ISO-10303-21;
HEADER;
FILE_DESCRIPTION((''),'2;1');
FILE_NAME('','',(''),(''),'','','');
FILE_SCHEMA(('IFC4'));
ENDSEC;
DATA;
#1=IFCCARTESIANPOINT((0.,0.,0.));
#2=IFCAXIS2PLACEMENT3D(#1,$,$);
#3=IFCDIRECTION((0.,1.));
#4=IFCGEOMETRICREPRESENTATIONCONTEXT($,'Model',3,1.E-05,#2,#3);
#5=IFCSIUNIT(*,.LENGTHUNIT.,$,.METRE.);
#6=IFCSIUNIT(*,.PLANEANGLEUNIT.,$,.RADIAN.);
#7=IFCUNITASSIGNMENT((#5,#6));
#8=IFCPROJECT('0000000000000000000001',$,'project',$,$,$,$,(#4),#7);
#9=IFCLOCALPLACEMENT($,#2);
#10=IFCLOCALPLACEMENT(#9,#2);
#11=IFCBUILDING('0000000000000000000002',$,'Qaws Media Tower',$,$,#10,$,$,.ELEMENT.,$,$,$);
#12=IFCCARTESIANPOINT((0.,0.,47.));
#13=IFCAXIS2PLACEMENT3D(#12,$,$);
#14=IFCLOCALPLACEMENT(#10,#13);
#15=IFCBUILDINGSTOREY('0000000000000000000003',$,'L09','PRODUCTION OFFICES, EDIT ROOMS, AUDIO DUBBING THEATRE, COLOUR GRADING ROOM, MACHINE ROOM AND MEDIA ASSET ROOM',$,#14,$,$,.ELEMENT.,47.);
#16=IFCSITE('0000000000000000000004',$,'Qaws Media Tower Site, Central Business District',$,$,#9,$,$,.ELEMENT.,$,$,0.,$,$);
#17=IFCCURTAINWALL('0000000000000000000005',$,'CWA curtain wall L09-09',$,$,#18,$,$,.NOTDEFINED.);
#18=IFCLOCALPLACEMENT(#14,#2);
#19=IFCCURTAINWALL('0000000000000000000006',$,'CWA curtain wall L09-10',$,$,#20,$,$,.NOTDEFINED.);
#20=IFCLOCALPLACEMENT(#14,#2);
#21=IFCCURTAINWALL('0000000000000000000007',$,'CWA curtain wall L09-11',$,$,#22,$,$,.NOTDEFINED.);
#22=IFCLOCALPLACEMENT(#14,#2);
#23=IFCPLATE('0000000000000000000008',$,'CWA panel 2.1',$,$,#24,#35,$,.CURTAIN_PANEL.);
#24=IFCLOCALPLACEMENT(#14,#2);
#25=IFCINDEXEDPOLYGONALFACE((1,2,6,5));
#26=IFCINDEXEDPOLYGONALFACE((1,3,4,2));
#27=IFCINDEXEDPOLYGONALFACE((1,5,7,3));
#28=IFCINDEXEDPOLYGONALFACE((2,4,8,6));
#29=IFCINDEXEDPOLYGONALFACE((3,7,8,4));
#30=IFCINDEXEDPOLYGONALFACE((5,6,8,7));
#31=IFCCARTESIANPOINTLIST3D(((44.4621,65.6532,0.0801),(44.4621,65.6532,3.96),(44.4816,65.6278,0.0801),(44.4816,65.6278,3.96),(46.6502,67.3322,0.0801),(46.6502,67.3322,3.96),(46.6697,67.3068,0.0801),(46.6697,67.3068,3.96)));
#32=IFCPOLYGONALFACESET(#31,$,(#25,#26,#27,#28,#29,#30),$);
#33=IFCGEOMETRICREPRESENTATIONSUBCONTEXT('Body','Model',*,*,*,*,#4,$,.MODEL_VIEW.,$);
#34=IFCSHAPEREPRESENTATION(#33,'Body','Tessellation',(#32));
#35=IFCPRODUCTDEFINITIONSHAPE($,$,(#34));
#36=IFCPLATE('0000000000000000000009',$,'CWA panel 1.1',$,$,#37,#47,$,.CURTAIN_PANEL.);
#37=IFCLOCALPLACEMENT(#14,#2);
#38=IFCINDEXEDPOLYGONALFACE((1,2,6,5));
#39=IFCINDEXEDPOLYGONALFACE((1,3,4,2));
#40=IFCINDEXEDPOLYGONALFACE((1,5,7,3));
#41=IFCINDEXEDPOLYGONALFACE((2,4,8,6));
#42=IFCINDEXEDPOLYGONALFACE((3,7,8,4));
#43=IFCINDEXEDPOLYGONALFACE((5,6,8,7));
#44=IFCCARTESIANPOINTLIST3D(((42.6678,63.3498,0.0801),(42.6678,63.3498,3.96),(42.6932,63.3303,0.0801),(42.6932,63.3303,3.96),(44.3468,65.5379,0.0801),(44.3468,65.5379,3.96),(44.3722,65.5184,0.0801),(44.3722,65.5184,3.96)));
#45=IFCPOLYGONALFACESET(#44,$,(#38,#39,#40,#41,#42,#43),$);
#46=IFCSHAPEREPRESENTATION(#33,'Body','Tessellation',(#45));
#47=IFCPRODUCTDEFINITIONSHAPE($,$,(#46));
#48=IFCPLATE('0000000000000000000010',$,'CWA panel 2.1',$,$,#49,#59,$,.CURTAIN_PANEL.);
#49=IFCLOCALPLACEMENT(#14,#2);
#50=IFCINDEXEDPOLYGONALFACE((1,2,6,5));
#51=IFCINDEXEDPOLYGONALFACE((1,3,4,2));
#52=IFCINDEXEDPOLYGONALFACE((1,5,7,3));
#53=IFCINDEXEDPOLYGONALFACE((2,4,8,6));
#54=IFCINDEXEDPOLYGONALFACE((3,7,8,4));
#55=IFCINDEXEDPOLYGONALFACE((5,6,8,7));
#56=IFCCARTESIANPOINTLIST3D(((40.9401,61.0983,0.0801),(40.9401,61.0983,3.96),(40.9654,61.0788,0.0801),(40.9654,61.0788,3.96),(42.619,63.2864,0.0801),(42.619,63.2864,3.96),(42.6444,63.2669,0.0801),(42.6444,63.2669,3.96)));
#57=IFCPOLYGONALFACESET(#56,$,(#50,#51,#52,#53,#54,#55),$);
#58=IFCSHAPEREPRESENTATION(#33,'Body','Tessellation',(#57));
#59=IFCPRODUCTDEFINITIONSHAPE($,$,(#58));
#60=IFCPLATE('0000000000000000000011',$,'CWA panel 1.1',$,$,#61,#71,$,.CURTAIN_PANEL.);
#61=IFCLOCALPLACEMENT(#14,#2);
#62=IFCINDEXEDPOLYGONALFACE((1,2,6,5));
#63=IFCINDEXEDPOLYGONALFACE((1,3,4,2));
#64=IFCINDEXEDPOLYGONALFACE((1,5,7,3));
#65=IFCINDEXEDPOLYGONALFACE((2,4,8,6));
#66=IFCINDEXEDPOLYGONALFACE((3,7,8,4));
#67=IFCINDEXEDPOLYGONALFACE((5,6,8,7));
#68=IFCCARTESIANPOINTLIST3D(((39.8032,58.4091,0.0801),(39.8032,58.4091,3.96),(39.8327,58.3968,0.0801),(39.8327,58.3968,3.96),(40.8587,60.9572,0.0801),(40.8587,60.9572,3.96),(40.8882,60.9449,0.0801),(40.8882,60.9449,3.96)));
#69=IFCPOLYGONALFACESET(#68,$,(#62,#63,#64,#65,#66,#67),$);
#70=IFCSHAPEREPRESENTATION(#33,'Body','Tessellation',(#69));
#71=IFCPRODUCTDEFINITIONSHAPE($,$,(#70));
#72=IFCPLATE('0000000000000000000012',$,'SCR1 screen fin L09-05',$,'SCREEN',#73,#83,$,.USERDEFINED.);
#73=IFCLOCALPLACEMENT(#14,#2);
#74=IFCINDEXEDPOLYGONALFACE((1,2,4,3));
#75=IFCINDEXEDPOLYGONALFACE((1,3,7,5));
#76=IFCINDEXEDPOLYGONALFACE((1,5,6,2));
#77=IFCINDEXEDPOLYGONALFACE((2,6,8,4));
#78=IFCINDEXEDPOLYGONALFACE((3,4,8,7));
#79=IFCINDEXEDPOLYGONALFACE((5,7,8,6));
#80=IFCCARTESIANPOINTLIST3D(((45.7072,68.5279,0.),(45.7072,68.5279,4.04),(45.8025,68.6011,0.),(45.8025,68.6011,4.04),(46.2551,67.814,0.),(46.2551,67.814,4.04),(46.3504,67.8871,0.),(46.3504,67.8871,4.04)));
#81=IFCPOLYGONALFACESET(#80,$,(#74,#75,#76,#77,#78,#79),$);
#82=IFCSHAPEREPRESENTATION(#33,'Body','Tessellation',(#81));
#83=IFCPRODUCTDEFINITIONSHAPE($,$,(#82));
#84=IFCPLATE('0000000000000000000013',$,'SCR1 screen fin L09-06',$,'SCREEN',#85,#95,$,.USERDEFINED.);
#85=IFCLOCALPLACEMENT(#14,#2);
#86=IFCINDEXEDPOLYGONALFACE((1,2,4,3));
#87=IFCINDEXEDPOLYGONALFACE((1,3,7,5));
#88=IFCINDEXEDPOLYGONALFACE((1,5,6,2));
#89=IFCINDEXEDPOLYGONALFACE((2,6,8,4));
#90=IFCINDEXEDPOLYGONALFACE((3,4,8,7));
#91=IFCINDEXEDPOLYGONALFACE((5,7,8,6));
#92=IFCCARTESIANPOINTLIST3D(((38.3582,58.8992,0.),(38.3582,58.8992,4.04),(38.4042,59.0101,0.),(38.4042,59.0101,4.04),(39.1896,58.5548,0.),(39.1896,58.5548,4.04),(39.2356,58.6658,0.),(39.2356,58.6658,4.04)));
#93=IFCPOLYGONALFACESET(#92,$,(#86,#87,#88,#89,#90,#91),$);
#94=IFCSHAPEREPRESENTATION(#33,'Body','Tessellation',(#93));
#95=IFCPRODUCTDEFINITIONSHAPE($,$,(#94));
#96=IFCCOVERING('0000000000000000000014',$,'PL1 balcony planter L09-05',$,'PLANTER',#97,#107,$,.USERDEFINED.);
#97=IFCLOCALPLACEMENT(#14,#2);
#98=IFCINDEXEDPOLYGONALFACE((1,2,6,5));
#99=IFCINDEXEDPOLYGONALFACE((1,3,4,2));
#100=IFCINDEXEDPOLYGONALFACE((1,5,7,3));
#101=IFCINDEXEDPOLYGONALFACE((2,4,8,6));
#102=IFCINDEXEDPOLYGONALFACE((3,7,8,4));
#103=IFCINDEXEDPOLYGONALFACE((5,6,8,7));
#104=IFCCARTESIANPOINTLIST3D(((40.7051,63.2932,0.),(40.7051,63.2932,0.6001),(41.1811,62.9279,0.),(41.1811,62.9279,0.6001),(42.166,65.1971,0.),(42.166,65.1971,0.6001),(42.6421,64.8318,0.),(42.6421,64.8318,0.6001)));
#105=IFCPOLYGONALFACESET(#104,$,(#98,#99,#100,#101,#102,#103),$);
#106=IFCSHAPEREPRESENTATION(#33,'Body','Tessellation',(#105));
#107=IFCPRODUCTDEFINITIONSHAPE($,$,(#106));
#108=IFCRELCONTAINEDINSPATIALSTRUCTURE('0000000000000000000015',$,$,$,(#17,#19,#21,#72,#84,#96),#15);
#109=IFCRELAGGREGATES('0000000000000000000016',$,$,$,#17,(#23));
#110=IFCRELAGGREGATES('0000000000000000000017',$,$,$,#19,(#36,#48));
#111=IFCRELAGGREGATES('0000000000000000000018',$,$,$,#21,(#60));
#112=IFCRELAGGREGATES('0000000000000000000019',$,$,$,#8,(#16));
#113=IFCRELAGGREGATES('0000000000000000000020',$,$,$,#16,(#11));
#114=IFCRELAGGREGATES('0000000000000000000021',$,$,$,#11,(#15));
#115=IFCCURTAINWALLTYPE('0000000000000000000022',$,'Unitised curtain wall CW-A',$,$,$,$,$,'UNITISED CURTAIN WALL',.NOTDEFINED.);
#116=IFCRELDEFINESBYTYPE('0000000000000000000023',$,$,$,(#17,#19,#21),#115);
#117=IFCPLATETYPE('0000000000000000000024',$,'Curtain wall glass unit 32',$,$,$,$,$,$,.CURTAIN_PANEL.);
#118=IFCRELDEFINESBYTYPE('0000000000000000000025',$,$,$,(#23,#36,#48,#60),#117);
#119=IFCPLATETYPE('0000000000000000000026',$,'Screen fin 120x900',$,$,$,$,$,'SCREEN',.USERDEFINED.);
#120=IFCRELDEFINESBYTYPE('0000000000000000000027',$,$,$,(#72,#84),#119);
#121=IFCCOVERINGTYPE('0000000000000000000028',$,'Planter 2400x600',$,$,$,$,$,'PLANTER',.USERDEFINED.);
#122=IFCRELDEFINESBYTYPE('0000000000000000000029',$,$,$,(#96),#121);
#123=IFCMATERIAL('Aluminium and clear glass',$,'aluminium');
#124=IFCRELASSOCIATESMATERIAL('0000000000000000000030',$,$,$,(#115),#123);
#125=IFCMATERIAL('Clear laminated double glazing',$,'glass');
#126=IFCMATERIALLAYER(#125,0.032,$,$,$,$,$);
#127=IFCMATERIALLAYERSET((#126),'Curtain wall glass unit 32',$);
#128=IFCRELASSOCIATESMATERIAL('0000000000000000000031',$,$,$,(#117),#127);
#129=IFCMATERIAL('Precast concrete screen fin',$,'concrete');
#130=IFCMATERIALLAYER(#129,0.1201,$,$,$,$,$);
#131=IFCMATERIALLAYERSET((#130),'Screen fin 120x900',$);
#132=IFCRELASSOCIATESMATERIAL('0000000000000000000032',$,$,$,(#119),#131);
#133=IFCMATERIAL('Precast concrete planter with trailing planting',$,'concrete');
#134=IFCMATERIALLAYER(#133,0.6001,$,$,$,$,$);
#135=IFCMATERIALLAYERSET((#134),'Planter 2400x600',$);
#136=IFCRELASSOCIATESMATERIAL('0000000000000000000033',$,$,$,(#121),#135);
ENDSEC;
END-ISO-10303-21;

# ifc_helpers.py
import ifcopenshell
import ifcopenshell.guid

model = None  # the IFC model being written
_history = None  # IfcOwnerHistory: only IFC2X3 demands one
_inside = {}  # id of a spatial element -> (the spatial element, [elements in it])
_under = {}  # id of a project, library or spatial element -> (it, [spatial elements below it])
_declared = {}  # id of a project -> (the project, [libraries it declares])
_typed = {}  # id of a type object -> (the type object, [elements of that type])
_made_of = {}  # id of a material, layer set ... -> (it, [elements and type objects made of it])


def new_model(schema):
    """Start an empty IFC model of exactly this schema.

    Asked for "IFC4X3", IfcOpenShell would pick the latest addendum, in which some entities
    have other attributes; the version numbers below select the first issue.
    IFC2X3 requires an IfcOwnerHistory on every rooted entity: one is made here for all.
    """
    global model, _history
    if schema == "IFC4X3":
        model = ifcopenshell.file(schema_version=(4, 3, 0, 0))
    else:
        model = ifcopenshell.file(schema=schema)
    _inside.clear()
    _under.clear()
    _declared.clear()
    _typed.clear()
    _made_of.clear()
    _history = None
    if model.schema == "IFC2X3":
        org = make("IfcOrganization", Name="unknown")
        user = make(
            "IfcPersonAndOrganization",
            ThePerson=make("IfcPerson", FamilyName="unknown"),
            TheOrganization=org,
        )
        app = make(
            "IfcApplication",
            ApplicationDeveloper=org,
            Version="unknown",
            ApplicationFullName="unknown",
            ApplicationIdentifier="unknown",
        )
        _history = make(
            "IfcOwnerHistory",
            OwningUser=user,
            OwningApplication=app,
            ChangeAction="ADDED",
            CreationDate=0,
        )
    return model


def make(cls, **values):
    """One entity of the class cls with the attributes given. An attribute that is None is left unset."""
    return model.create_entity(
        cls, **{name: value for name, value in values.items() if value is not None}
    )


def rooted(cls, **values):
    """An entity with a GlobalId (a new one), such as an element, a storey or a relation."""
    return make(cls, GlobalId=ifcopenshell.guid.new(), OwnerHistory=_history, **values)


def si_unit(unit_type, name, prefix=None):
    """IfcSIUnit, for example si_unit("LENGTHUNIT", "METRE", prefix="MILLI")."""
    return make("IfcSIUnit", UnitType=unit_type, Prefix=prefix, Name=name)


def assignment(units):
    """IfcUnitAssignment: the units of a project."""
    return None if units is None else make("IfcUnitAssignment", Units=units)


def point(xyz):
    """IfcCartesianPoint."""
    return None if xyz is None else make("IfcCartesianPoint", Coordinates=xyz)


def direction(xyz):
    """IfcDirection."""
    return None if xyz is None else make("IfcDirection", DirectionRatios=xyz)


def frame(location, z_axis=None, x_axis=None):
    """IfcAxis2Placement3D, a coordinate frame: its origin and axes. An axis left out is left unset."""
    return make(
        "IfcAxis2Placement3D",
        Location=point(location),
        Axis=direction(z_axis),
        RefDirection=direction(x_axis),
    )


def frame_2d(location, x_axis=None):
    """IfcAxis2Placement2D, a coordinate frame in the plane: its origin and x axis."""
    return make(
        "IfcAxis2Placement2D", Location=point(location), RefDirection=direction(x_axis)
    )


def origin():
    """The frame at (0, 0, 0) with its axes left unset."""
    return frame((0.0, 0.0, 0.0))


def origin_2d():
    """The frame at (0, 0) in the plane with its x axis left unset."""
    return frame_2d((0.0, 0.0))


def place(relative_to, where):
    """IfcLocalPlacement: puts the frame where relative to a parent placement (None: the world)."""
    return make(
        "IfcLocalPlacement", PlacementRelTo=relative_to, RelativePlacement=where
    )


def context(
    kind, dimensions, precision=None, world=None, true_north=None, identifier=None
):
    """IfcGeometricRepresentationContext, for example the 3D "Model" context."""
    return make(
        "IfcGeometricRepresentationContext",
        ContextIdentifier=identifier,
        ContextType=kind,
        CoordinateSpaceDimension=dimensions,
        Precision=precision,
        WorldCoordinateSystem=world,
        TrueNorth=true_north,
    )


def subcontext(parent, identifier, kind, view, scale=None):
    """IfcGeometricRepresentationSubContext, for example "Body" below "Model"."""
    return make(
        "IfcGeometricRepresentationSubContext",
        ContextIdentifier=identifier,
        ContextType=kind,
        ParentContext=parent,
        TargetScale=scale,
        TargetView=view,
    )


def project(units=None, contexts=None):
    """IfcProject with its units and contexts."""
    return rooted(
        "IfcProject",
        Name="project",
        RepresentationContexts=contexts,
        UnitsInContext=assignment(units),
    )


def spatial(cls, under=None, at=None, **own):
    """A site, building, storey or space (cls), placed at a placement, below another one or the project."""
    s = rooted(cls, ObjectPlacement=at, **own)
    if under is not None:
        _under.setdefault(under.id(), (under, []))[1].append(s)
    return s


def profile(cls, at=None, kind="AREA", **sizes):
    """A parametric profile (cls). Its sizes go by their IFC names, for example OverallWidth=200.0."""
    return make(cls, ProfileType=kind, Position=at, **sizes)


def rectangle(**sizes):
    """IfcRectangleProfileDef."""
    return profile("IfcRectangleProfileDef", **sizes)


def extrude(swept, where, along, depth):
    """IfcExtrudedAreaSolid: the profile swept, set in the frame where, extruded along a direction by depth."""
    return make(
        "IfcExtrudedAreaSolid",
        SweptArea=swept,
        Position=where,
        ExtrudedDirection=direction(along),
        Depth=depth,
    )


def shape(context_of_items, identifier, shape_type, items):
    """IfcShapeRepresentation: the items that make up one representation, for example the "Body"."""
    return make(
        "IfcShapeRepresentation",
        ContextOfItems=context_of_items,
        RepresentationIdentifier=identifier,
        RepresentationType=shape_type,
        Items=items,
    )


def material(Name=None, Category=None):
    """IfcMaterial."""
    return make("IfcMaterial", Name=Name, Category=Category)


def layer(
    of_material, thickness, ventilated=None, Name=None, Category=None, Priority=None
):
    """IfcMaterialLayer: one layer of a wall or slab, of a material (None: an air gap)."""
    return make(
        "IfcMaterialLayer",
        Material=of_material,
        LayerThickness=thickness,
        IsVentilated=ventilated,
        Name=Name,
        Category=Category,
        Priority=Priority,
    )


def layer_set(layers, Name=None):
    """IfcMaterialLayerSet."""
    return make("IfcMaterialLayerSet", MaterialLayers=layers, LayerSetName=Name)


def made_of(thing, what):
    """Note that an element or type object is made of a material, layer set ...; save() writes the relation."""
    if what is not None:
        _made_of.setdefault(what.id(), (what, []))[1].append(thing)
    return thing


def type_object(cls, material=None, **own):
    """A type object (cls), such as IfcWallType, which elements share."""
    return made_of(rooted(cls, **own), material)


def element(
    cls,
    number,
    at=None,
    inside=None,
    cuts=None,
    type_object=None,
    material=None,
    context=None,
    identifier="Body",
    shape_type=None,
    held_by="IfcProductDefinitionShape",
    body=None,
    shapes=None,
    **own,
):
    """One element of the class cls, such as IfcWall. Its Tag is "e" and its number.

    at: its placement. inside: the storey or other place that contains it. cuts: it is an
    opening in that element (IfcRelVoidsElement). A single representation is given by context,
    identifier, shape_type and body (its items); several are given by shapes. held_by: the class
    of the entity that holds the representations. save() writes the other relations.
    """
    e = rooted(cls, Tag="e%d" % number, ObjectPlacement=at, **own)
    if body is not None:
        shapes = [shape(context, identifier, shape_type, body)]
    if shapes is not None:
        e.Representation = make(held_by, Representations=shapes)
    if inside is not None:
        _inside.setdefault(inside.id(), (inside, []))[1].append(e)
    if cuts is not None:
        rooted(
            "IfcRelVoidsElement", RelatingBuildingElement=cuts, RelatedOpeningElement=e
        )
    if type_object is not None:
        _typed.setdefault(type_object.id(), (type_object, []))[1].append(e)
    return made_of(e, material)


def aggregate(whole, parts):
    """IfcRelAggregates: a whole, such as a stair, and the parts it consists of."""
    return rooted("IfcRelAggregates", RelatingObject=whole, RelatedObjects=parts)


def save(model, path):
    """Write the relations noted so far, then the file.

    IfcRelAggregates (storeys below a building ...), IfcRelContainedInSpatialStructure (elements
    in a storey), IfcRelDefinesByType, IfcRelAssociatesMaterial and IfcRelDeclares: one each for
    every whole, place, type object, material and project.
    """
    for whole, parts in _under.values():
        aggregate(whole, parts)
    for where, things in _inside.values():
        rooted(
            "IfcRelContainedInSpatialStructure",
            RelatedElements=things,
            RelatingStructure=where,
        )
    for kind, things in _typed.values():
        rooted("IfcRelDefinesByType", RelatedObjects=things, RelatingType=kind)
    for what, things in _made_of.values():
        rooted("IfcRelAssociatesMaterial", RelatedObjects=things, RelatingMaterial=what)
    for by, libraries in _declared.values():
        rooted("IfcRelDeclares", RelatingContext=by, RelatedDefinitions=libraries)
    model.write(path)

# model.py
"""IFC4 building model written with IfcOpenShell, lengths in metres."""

from ifc_helpers import new_model, si_unit, direction, frame, origin, origin_2d, place, context, subcontext, project, spatial, rectangle, extrude, material, layer, layer_set, type_object, element, aggregate, save


model = new_model("IFC4")

# Units and contexts
model_context = context("Model", 3, precision=1e-05, world=origin(), true_north=direction((0.0, 1.0)))
body_context = subcontext(model_context, "Body", "Model", "MODEL_VIEW")
ifc_project = project(units=[si_unit("LENGTHUNIT", "METRE"), si_unit("PLANEANGLEUNIT", "RADIAN")], contexts=[model_context])

# Site, building, storey
site_placement = place(None, origin())
site = spatial("IfcSite", under=ifc_project, at=site_placement, Name="Qaws Media Tower Site, Central Business District", CompositionType="ELEMENT", RefElevation=0.0)
building_placement = place(site_placement, origin())
building = spatial("IfcBuilding", under=site, at=building_placement, Name="Qaws Media Tower", CompositionType="ELEMENT")
storey_placement = place(building_placement, frame((0.0, 0.0, 47.0)))
storey = spatial("IfcBuildingStorey", under=building, at=storey_placement, Name="L09", Description="PRODUCTION OFFICES, EDIT ROOMS, AUDIO DUBBING THEATRE, COLOUR GRADING ROOM, MACHINE ROOM AND MEDIA ASSET ROOM", CompositionType="ELEMENT", Elevation=47.0)

# Curtain wall
ifc_material_1 = material(Name="Aluminium and clear glass", Category="aluminium")
curtain_wall_type = type_object("IfcCurtainWallType", Name="Unitised curtain wall CW-A", ElementType="UNITISED CURTAIN WALL", PredefinedType="NOTDEFINED", material=ifc_material_1)
curtain_wall_1_placement = place(storey_placement, origin())
curtain_wall_1 = element("IfcCurtainWall", 1, at=curtain_wall_1_placement, inside=storey, type_object=curtain_wall_type, Name="CWA curtain wall L09-09", PredefinedType="NOTDEFINED")

# Curtain walls
curtain_wall_2_placement = place(storey_placement, origin())
curtain_wall_2 = element("IfcCurtainWall", 2, at=curtain_wall_2_placement, inside=storey, type_object=curtain_wall_type, Name="CWA curtain wall L09-10", PredefinedType="NOTDEFINED")
curtain_wall_3_placement = place(storey_placement, origin())
curtain_wall_3 = element("IfcCurtainWall", 3, at=curtain_wall_3_placement, inside=storey, type_object=curtain_wall_type, Name="CWA curtain wall L09-11", PredefinedType="NOTDEFINED")

# Plates
ifc_material_2 = material(Name="Clear laminated double glazing", Category="glass")
ifc_layer_1 = layer(ifc_material_2, 0.032)
ifc_layer_set_1 = layer_set([ifc_layer_1], Name="Curtain wall glass unit 32")
plate_type_1 = type_object("IfcPlateType", Name="Curtain wall glass unit 32", PredefinedType="CURTAIN_PANEL", material=ifc_layer_set_1)
plate_1_placement = place(storey_placement, frame((45.5659, 66.48, 0.0801), z_axis=(0.0, 0.0, 1.0), x_axis=(-0.793353, -0.608761, 0.0)))
plate_1 = element("IfcPlate", 4, at=plate_1_placement, type_object=plate_type_1, Name="CWA panel 2.1", PredefinedType="CURTAIN_PANEL", context=body_context, shape_type="SweptSolid", body=[
    extrude(rectangle(XDim=2.7581, YDim=0.032, at=origin_2d()), origin(), (0.0, 0.0, 1.0), 3.8799),
])
aggregate(curtain_wall_1, [plate_1])
plate_2_placement = place(storey_placement, frame((43.52, 64.4341, 0.0801), z_axis=(0.0, 0.0, 1.0), x_axis=(-0.608761, -0.793353, 0.0)))
plate_2 = element("IfcPlate", 5, at=plate_2_placement, type_object=plate_type_1, Name="CWA panel 1.1", PredefinedType="CURTAIN_PANEL", context=body_context, shape_type="SweptSolid", body=[
    extrude(rectangle(XDim=2.7581, YDim=0.032, at=origin_2d()), origin(), (0.0, 0.0, 1.0), 3.8799),
])
plate_3_placement = place(storey_placement, frame((41.7922, 62.1826, 0.0801), z_axis=(0.0, 0.0, 1.0), x_axis=(-0.608761, -0.793353, 0.0)))
plate_3 = element("IfcPlate", 6, at=plate_3_placement, type_object=plate_type_1, Name="CWA panel 2.1", PredefinedType="CURTAIN_PANEL", context=body_context, shape_type="SweptSolid", body=[
    extrude(rectangle(XDim=2.7581, YDim=0.032, at=origin_2d()), origin(), (0.0, 0.0, 1.0), 3.8799),
])
aggregate(curtain_wall_2, [plate_2, plate_3])
plate_4_placement = place(storey_placement, frame((40.3457, 59.677, 0.0801), z_axis=(0.0, 0.0, 1.0), x_axis=(-0.382683, -0.92388, 0.0)))
plate_4 = element("IfcPlate", 7, at=plate_4_placement, type_object=plate_type_1, Name="CWA panel 1.1", PredefinedType="CURTAIN_PANEL", context=body_context, shape_type="SweptSolid", body=[
    extrude(rectangle(XDim=2.7581, YDim=0.032, at=origin_2d()), origin(), (0.0, 0.0, 1.0), 3.8799),
])
aggregate(curtain_wall_3, [plate_4])

# Plates
ifc_material_3 = material(Name="Precast concrete screen fin", Category="concrete")
ifc_layer_2 = layer(ifc_material_3, 0.1201)
ifc_layer_set_2 = layer_set([ifc_layer_2], Name="Screen fin 120x900")
plate_type_2 = type_object("IfcPlateType", Name="Screen fin 120x900", ElementType="SCREEN", PredefinedType="USERDEFINED", material=ifc_layer_set_2)
for number, where, z_axis, x_axis, name in (
    (8, (46.0288, 68.2075, 0.0), (0.0, 0.0, 1.0), (-0.608761, 0.793353, 0.0), "SCR1 screen fin L09-05"),
    (9, (38.7969, 58.7825, 0.0), (0.0, 0.0, 1.0), (-0.92388, 0.382683, 0.0), "SCR1 screen fin L09-06"),
):
    element("IfcPlate", number, at=place(storey_placement, frame(where, z_axis=z_axis, x_axis=x_axis)), inside=storey, type_object=plate_type_2, Name=name, ObjectType="SCREEN", PredefinedType="USERDEFINED", context=body_context, shape_type="SweptSolid", body=[
        extrude(rectangle(XDim=0.8999, YDim=0.1201, at=origin_2d()), origin(), (0.0, 0.0, 1.0), 4.04),
    ])

# Covering
ifc_material_4 = material(Name="Precast concrete planter with trailing planting", Category="concrete")
ifc_layer_3 = layer(ifc_material_4, 0.6001)
ifc_layer_set_3 = layer_set([ifc_layer_3], Name="Planter 2400x600")
covering_type = type_object("IfcCoveringType", Name="Planter 2400x600", ElementType="PLANTER", PredefinedType="USERDEFINED", material=ifc_layer_set_3)
covering_placement = place(storey_placement, frame((41.6736, 64.0625, 0.0), z_axis=(0.0, 0.0, 1.0), x_axis=(-0.608761, -0.793353, 0.0)))
element("IfcCovering", 10, at=covering_placement, inside=storey, type_object=covering_type, Name="PL1 balcony planter L09-05", ObjectType="PLANTER", PredefinedType="USERDEFINED", context=body_context, shape_type="SweptSolid", body=[
    extrude(rectangle(XDim=2.3999, YDim=0.6001, at=origin_2d()), origin(), (0.0, 0.0, 1.0), 0.6001),
])

save(model, "model.ifc")
